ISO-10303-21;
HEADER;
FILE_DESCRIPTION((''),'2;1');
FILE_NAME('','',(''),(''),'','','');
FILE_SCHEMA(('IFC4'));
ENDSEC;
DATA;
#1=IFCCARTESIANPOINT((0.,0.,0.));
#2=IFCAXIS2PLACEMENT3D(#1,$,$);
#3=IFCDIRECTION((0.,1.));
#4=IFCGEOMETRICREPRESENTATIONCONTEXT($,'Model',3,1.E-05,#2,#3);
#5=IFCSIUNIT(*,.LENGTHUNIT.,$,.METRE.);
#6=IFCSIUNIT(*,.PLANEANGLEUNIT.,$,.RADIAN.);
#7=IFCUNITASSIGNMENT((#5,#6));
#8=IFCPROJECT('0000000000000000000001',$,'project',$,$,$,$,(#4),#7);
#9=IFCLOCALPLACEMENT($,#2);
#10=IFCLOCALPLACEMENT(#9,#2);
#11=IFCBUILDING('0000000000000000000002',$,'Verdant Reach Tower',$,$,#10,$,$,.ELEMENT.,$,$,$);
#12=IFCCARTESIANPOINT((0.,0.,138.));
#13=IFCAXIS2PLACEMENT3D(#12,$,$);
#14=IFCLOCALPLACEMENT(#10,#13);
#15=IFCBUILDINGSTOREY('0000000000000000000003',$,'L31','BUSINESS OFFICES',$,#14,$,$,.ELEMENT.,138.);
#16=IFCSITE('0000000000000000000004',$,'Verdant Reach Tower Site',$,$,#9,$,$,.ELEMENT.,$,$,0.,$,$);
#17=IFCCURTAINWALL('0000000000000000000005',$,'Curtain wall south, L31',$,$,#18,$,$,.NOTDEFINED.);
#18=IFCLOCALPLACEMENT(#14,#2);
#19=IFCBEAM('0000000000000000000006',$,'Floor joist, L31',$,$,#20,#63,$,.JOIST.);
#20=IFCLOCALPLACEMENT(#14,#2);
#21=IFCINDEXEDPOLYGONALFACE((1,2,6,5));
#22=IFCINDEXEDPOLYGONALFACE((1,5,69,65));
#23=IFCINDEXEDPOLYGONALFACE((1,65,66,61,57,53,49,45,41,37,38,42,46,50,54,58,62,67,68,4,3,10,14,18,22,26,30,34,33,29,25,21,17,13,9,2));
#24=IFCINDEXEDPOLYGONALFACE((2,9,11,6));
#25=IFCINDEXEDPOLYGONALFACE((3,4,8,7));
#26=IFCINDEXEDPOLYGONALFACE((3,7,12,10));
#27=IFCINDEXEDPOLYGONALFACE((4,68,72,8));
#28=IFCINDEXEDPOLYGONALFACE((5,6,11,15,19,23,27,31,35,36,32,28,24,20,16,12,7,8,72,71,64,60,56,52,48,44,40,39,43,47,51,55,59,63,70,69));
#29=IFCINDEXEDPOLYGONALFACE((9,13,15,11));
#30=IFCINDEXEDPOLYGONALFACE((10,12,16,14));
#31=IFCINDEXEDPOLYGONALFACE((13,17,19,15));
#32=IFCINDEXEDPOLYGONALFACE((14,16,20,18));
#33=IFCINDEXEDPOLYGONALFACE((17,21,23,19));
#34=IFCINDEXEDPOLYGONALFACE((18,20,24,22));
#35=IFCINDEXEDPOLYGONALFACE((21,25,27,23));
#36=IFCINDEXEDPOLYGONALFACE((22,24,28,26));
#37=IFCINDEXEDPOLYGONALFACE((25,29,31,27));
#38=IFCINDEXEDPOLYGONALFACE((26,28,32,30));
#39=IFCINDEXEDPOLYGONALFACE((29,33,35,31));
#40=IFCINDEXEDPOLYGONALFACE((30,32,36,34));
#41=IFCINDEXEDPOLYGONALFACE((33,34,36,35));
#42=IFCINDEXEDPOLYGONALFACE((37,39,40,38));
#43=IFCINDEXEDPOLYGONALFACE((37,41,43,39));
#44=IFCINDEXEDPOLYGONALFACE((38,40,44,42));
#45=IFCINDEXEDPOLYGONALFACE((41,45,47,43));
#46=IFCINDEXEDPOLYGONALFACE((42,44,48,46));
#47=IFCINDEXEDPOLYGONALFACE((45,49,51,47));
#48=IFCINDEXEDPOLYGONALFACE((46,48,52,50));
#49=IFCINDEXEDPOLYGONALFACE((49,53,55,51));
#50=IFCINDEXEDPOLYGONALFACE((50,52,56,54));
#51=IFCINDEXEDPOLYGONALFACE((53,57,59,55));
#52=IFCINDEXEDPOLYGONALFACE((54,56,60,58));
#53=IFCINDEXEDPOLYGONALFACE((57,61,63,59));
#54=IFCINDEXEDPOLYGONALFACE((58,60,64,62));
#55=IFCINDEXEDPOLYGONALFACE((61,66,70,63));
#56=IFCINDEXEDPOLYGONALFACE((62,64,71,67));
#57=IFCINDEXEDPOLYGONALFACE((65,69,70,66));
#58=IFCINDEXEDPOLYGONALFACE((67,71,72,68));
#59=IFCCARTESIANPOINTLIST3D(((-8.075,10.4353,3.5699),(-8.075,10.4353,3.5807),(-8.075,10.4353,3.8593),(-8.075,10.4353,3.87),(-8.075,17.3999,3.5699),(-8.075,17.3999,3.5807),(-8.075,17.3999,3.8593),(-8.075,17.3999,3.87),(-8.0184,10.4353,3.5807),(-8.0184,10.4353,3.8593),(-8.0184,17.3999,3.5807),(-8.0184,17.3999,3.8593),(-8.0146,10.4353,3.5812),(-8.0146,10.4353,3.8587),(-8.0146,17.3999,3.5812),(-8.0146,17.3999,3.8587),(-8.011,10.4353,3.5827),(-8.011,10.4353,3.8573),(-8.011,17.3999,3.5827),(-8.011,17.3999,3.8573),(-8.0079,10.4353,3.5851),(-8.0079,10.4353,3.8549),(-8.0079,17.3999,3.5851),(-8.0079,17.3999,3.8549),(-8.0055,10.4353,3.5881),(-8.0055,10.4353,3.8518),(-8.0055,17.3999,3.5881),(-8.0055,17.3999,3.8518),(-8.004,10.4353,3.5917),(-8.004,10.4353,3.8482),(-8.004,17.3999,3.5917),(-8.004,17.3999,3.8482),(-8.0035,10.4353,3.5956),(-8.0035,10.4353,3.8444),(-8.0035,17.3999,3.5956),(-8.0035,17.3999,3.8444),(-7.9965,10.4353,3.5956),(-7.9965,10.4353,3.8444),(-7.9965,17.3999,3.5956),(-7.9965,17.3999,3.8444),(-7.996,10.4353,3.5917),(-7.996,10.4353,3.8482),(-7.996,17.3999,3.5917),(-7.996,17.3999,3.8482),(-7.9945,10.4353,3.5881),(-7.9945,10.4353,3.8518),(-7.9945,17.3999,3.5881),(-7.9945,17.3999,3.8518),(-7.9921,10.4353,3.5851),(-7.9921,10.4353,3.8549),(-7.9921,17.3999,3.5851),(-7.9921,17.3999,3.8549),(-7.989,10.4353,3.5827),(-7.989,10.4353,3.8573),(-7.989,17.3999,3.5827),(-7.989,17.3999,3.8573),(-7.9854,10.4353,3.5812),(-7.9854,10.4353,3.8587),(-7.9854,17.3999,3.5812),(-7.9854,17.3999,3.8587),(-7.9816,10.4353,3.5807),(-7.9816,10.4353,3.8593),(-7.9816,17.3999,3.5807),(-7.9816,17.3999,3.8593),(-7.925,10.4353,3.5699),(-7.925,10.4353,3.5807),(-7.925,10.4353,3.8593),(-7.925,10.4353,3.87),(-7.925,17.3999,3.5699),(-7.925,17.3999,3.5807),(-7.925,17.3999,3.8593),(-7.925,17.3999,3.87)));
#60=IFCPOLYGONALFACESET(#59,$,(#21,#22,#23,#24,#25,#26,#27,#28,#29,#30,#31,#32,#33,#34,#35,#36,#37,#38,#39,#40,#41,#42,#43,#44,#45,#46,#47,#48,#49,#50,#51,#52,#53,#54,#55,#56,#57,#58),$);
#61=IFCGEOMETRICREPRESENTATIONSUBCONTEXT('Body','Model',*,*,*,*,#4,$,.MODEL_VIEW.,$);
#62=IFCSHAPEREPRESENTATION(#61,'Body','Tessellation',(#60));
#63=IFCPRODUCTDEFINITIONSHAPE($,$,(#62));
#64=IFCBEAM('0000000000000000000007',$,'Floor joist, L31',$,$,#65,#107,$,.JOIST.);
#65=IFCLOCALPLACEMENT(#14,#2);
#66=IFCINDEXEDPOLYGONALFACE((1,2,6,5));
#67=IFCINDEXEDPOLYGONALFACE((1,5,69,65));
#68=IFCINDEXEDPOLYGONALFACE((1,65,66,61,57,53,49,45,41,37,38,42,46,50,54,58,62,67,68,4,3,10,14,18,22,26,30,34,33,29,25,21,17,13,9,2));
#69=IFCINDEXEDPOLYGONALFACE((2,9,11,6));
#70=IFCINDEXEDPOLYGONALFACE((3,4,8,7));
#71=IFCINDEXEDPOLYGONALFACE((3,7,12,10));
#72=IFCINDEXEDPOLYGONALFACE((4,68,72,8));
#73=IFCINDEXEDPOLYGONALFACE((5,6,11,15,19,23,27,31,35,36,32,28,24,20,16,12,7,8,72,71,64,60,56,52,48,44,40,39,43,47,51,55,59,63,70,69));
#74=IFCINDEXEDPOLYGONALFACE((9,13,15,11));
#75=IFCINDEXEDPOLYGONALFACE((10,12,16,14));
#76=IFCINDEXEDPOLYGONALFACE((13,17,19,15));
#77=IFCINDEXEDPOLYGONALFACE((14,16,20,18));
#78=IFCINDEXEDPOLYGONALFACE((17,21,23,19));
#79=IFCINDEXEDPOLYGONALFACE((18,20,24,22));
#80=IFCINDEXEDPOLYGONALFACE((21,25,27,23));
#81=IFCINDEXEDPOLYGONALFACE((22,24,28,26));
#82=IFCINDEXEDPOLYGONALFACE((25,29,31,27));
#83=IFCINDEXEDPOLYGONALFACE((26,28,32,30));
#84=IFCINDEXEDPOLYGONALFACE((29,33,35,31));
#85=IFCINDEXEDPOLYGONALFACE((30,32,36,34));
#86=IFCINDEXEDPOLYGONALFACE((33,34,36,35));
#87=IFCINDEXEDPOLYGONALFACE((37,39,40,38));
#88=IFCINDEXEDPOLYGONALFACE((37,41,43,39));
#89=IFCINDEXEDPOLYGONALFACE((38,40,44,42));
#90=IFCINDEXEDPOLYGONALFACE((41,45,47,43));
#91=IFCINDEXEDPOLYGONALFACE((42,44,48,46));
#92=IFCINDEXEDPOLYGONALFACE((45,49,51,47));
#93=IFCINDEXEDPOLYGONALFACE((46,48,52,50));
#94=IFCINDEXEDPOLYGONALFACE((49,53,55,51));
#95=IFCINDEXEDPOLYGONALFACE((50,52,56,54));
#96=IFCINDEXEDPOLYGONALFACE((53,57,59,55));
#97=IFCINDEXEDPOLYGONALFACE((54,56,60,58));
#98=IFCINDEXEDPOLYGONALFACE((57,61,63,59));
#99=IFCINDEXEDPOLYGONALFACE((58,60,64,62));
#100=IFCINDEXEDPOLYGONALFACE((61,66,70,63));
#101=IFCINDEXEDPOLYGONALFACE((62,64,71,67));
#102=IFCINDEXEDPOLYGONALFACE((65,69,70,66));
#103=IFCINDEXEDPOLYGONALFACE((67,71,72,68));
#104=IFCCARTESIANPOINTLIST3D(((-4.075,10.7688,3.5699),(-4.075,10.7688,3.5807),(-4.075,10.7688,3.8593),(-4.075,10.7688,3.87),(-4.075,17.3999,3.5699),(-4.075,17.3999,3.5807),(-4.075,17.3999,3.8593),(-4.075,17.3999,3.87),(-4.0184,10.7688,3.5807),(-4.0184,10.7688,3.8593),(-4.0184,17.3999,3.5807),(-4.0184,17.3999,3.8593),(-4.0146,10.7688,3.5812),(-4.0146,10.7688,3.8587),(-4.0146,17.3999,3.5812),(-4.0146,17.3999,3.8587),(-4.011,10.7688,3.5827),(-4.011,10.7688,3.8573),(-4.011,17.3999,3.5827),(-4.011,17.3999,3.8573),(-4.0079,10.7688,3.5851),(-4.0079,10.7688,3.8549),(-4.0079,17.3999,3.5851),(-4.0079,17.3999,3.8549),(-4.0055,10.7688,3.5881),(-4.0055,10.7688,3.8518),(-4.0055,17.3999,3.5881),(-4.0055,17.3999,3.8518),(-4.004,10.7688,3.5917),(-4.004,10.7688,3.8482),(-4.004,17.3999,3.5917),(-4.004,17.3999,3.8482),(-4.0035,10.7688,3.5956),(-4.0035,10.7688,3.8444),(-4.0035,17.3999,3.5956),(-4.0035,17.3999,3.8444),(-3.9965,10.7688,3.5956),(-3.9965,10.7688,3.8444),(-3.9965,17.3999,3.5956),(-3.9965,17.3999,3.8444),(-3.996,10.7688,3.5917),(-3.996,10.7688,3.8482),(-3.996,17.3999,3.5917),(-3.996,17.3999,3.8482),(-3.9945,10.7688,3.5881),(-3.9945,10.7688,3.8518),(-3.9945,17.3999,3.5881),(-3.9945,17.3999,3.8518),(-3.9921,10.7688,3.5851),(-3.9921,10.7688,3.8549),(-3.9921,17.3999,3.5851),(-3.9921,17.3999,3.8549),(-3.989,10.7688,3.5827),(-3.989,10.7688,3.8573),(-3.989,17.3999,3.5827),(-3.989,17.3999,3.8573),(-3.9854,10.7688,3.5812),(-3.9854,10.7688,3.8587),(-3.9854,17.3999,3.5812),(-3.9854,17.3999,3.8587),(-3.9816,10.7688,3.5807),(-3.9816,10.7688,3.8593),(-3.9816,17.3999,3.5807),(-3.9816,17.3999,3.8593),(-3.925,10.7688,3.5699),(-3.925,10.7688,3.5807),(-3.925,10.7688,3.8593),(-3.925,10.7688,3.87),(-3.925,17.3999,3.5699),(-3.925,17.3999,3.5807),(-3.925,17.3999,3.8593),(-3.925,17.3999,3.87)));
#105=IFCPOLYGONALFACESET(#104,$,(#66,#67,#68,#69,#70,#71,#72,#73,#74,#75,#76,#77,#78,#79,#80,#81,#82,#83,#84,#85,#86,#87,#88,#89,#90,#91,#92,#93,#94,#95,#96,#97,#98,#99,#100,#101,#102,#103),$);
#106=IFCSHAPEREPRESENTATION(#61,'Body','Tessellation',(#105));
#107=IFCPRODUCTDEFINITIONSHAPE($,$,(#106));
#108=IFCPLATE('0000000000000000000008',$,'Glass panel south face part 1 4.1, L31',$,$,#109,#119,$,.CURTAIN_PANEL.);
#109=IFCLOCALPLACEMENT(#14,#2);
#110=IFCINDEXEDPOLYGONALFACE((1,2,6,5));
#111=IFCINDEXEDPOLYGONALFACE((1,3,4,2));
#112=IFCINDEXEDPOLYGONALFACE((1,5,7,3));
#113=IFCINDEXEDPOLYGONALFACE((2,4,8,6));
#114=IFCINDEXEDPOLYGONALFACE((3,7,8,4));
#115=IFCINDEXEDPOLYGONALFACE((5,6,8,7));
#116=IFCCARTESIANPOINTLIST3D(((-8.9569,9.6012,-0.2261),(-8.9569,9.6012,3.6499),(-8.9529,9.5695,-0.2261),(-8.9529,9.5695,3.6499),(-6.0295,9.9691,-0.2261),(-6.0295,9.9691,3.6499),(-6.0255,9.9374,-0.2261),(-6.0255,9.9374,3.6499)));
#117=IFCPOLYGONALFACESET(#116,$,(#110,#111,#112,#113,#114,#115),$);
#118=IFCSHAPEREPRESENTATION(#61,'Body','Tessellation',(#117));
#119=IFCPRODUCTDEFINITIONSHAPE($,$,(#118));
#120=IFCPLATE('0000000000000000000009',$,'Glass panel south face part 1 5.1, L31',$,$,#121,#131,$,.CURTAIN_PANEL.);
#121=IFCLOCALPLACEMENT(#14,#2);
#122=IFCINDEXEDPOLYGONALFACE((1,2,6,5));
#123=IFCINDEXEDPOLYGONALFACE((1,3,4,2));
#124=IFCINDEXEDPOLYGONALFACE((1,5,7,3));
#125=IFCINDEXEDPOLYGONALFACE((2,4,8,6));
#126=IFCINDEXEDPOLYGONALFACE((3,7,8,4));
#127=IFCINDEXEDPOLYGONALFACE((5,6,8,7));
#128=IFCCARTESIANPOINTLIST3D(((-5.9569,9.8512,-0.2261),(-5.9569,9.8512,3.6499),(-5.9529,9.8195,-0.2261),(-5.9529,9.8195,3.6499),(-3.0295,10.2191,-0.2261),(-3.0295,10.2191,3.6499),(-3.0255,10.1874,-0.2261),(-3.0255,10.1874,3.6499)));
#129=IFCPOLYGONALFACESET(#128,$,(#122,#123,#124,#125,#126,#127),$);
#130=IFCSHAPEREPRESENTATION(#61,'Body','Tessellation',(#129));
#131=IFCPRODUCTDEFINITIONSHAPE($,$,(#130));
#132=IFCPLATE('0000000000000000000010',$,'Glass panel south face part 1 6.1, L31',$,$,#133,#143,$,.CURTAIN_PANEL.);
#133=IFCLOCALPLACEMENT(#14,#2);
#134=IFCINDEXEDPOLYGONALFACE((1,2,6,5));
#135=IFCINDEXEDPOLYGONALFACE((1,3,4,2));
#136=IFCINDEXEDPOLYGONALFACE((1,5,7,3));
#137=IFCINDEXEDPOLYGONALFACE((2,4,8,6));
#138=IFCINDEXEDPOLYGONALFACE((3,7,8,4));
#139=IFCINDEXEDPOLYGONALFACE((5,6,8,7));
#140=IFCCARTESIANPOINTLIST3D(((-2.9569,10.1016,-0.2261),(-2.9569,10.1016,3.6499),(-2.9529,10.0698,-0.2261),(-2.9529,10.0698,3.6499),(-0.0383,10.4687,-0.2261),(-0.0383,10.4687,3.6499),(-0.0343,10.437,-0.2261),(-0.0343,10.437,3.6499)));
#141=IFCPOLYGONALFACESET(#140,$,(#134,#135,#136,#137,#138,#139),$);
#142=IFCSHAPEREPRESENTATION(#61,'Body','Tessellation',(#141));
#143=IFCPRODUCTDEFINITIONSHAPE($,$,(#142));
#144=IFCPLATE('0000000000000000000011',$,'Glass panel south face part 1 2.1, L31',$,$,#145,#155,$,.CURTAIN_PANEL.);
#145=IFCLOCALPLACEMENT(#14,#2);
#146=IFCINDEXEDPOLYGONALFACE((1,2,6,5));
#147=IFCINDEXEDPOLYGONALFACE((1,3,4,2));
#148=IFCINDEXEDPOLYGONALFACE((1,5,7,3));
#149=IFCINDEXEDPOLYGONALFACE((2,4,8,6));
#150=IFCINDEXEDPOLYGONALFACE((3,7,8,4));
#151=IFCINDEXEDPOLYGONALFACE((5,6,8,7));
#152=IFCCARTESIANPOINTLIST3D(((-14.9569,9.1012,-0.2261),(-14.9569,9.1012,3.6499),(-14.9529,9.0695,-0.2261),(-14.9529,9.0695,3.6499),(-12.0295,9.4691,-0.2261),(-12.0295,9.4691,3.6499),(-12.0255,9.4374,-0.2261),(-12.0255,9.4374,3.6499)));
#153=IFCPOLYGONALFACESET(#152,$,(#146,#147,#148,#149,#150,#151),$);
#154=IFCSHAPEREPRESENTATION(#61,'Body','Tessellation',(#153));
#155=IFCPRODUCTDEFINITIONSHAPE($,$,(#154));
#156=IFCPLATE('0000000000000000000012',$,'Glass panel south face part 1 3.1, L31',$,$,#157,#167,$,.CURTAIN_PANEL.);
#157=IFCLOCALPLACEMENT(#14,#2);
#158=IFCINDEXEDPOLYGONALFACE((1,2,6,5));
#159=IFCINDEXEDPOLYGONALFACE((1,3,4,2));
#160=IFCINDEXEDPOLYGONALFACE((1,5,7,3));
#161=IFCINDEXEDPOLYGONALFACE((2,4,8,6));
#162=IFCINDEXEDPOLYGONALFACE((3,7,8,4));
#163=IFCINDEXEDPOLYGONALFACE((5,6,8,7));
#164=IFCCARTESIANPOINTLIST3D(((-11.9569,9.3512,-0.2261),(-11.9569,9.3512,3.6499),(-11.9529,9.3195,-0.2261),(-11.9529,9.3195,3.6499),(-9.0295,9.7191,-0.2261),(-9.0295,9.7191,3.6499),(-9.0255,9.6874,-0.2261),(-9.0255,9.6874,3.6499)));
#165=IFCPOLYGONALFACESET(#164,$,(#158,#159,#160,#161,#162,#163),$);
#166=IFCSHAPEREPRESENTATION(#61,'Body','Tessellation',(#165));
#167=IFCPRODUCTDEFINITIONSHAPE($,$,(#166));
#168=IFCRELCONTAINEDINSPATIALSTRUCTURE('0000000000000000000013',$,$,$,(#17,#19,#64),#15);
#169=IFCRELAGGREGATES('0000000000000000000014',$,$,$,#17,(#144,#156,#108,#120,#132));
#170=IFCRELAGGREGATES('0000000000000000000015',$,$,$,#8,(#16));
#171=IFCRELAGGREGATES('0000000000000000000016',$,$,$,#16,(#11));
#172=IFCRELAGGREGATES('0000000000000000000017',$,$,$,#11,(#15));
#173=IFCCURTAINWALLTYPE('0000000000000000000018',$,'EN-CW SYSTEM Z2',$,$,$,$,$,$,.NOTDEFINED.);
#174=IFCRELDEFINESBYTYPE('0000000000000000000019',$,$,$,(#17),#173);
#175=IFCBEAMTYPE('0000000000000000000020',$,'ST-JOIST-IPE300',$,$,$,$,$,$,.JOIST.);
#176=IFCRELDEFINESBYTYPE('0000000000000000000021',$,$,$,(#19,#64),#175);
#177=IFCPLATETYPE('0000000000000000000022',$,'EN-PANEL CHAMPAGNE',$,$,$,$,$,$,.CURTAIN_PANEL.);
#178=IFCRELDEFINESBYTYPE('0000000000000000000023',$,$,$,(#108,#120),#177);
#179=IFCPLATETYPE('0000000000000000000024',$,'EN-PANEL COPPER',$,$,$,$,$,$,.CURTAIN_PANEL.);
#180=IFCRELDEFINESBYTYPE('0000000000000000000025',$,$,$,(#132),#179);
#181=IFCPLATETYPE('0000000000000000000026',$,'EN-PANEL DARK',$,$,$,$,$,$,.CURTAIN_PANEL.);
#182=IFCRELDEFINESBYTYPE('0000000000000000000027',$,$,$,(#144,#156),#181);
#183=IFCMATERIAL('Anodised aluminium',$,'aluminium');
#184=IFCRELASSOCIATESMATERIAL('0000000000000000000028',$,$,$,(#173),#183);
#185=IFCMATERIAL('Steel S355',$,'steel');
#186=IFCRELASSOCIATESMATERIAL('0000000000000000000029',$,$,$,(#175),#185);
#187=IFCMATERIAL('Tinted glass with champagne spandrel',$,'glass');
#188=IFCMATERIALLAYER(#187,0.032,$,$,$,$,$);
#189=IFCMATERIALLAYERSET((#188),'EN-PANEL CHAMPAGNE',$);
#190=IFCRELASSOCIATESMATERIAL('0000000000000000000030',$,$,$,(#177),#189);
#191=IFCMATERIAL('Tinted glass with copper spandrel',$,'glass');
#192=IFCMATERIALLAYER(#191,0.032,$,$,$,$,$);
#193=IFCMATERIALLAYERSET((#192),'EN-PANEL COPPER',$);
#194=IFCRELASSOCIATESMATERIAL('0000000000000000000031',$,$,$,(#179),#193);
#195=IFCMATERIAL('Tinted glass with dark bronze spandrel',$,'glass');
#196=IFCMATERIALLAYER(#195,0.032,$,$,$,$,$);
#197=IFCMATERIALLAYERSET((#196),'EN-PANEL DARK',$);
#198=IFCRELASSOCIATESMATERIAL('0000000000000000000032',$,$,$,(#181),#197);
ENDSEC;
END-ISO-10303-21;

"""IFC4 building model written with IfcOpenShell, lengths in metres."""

from ifc_helpers import new_model, si_unit, direction, frame, origin, origin_2d, place, context, subcontext, project, spatial, rectangle, i_section, extrude, material, layer, layer_set, material_profile, profile_set, type_object, element, aggregate, save


model = new_model("IFC4")

# Units and contexts
model_context = context("Model", 3, precision=1e-05, world=origin(), true_north=direction((0.0, 1.0)))
body_context = subcontext(model_context, "Body", "Model", "MODEL_VIEW")
ifc_project = project(units=[si_unit("LENGTHUNIT", "METRE"), si_unit("PLANEANGLEUNIT", "RADIAN")], contexts=[model_context])

# Site, building, storey
site_placement = place(None, origin())
site = spatial("IfcSite", under=ifc_project, at=site_placement, Name="Verdant Reach Tower Site", CompositionType="ELEMENT", RefElevation=0.0)
building_placement = place(site_placement, origin())
building = spatial("IfcBuilding", under=site, at=building_placement, Name="Verdant Reach Tower", CompositionType="ELEMENT")
storey_placement = place(building_placement, frame((0.0, 0.0, 138.0)))
storey = spatial("IfcBuildingStorey", under=building, at=storey_placement, Name="L31", Description="BUSINESS OFFICES", CompositionType="ELEMENT", Elevation=138.0)

# Curtain wall
ifc_material_1 = material(Name="Anodised aluminium", Category="aluminium")
curtain_wall_type = type_object("IfcCurtainWallType", Name="EN-CW SYSTEM Z2", PredefinedType="NOTDEFINED", material=ifc_material_1)
curtain_wall_placement = place(storey_placement, origin())
curtain_wall = element("IfcCurtainWall", 1, at=curtain_wall_placement, inside=storey, type_object=curtain_wall_type, Name="Curtain wall south, L31", PredefinedType="NOTDEFINED")

# Beams
ifc_material_2 = material(Name="Steel S355", Category="steel")
ifc_material_profile_1 = material_profile(ifc_material_2, i_section(OverallWidth=0.1499, OverallDepth=0.3, WebThickness=0.0071, FlangeThickness=0.0107, FilletRadius=0.0149, at=origin_2d()), Name="IPE 300")
ifc_profile_set_1 = profile_set([ifc_material_profile_1], Name="Steel S355")
beam_type_1 = type_object("IfcBeamType", Name="ST-JOIST-IPE300", PredefinedType="JOIST", material=ifc_profile_set_1)
beam_1_placement = place(storey_placement, frame((-8.0, 17.3999, 3.72), z_axis=(0.0, -1.0, 0.0), x_axis=(1.0, 0.0, 0.0)))
element("IfcBeam", 2, at=beam_1_placement, inside=storey, type_object=beam_type_1, Name="Floor joist, L31", PredefinedType="JOIST", context=body_context, shape_type="SweptSolid", body=[
    extrude(i_section(OverallWidth=0.1499, OverallDepth=0.3, WebThickness=0.0071, FlangeThickness=0.0107, FilletRadius=0.0149, at=origin_2d()), origin(), (0.0, 0.0, 1.0), 6.9646),
])
beam_2_placement = place(storey_placement, frame((-4.0, 17.3999, 3.72), z_axis=(0.0, -1.0, 0.0), x_axis=(1.0, 0.0, 0.0)))
element("IfcBeam", 3, at=beam_2_placement, inside=storey, type_object=beam_type_1, Name="Floor joist, L31", PredefinedType="JOIST", context=body_context, shape_type="SweptSolid", body=[
    extrude(i_section(OverallWidth=0.1499, OverallDepth=0.3, WebThickness=0.0071, FlangeThickness=0.0107, FilletRadius=0.0149, at=origin_2d()), origin(), (0.0, 0.0, 1.0), 6.6311),
])

# Plates
ifc_material_3 = material(Name="Tinted glass with champagne spandrel", Category="glass")
ifc_layer_1 = layer(ifc_material_3, 0.032)
ifc_layer_set_1 = layer_set([ifc_layer_1], Name="EN-PANEL CHAMPAGNE")
plate_type_1 = type_object("IfcPlateType", Name="EN-PANEL CHAMPAGNE", PredefinedType="CURTAIN_PANEL", material=ifc_layer_set_1)
plate_1_placement = place(storey_placement, frame((-7.4912, 9.7693, -0.2261), z_axis=(0.0, 0.0, 1.0), x_axis=(0.992194, 0.124704, 0.0)))
plate_1 = element("IfcPlate", 4, at=plate_1_placement, type_object=plate_type_1, Name="Glass panel south face part 1 4.1, L31", PredefinedType="CURTAIN_PANEL", context=body_context, shape_type="SweptSolid", body=[
    extrude(rectangle(XDim=2.9504, YDim=0.032, at=origin_2d()), origin(), (0.0, 0.0, 1.0), 3.876),
])
plate_2_placement = place(storey_placement, frame((-4.4912, 10.0193, -0.2261), z_axis=(0.0, 0.0, 1.0), x_axis=(0.992194, 0.124704, 0.0)))
plate_2 = element("IfcPlate", 5, at=plate_2_placement, type_object=plate_type_1, Name="Glass panel south face part 1 5.1, L31", PredefinedType="CURTAIN_PANEL", context=body_context, shape_type="SweptSolid", body=[
    extrude(rectangle(XDim=2.9504, YDim=0.032, at=origin_2d()), origin(), (0.0, 0.0, 1.0), 3.876),
])
ifc_material_4 = material(Name="Tinted glass with copper spandrel", Category="glass")
ifc_layer_2 = layer(ifc_material_4, 0.032)
ifc_layer_set_2 = layer_set([ifc_layer_2], Name="EN-PANEL COPPER")
plate_type_2 = type_object("IfcPlateType", Name="EN-PANEL COPPER", PredefinedType="CURTAIN_PANEL", material=ifc_layer_set_2)
plate_3_placement = place(storey_placement, frame((-1.4956, 10.2693, -0.2261), z_axis=(0.0, 0.0, 1.0), x_axis=(0.992179, 0.124825, 0.0)))
plate_3 = element("IfcPlate", 6, at=plate_3_placement, type_object=plate_type_2, Name="Glass panel south face part 1 6.1, L31", PredefinedType="CURTAIN_PANEL", context=body_context, shape_type="SweptSolid", body=[
    extrude(rectangle(XDim=2.9417, YDim=0.032, at=origin_2d()), origin(), (0.0, 0.0, 1.0), 3.876),
])
ifc_material_5 = material(Name="Tinted glass with dark bronze spandrel", Category="glass")
ifc_layer_3 = layer(ifc_material_5, 0.032)
ifc_layer_set_3 = layer_set([ifc_layer_3], Name="EN-PANEL DARK")
plate_type_3 = type_object("IfcPlateType", Name="EN-PANEL DARK", PredefinedType="CURTAIN_PANEL", material=ifc_layer_set_3)
plate_4_placement = place(storey_placement, frame((-13.4912, 9.2693, -0.2261), z_axis=(0.0, 0.0, 1.0), x_axis=(0.992194, 0.124704, 0.0)))
plate_4 = element("IfcPlate", 7, at=plate_4_placement, type_object=plate_type_3, Name="Glass panel south face part 1 2.1, L31", PredefinedType="CURTAIN_PANEL", context=body_context, shape_type="SweptSolid", body=[
    extrude(rectangle(XDim=2.9504, YDim=0.032, at=origin_2d()), origin(), (0.0, 0.0, 1.0), 3.876),
])
plate_5_placement = place(storey_placement, frame((-10.4912, 9.5193, -0.2261), z_axis=(0.0, 0.0, 1.0), x_axis=(0.992194, 0.124704, 0.0)))
plate_5 = element("IfcPlate", 8, at=plate_5_placement, type_object=plate_type_3, Name="Glass panel south face part 1 3.1, L31", PredefinedType="CURTAIN_PANEL", context=body_context, shape_type="SweptSolid", body=[
    extrude(rectangle(XDim=2.9504, YDim=0.032, at=origin_2d()), origin(), (0.0, 0.0, 1.0), 3.876),
])
aggregate(curtain_wall, [plate_4, plate_5, plate_1, plate_2, plate_3])

save(model, "model.ifc")
